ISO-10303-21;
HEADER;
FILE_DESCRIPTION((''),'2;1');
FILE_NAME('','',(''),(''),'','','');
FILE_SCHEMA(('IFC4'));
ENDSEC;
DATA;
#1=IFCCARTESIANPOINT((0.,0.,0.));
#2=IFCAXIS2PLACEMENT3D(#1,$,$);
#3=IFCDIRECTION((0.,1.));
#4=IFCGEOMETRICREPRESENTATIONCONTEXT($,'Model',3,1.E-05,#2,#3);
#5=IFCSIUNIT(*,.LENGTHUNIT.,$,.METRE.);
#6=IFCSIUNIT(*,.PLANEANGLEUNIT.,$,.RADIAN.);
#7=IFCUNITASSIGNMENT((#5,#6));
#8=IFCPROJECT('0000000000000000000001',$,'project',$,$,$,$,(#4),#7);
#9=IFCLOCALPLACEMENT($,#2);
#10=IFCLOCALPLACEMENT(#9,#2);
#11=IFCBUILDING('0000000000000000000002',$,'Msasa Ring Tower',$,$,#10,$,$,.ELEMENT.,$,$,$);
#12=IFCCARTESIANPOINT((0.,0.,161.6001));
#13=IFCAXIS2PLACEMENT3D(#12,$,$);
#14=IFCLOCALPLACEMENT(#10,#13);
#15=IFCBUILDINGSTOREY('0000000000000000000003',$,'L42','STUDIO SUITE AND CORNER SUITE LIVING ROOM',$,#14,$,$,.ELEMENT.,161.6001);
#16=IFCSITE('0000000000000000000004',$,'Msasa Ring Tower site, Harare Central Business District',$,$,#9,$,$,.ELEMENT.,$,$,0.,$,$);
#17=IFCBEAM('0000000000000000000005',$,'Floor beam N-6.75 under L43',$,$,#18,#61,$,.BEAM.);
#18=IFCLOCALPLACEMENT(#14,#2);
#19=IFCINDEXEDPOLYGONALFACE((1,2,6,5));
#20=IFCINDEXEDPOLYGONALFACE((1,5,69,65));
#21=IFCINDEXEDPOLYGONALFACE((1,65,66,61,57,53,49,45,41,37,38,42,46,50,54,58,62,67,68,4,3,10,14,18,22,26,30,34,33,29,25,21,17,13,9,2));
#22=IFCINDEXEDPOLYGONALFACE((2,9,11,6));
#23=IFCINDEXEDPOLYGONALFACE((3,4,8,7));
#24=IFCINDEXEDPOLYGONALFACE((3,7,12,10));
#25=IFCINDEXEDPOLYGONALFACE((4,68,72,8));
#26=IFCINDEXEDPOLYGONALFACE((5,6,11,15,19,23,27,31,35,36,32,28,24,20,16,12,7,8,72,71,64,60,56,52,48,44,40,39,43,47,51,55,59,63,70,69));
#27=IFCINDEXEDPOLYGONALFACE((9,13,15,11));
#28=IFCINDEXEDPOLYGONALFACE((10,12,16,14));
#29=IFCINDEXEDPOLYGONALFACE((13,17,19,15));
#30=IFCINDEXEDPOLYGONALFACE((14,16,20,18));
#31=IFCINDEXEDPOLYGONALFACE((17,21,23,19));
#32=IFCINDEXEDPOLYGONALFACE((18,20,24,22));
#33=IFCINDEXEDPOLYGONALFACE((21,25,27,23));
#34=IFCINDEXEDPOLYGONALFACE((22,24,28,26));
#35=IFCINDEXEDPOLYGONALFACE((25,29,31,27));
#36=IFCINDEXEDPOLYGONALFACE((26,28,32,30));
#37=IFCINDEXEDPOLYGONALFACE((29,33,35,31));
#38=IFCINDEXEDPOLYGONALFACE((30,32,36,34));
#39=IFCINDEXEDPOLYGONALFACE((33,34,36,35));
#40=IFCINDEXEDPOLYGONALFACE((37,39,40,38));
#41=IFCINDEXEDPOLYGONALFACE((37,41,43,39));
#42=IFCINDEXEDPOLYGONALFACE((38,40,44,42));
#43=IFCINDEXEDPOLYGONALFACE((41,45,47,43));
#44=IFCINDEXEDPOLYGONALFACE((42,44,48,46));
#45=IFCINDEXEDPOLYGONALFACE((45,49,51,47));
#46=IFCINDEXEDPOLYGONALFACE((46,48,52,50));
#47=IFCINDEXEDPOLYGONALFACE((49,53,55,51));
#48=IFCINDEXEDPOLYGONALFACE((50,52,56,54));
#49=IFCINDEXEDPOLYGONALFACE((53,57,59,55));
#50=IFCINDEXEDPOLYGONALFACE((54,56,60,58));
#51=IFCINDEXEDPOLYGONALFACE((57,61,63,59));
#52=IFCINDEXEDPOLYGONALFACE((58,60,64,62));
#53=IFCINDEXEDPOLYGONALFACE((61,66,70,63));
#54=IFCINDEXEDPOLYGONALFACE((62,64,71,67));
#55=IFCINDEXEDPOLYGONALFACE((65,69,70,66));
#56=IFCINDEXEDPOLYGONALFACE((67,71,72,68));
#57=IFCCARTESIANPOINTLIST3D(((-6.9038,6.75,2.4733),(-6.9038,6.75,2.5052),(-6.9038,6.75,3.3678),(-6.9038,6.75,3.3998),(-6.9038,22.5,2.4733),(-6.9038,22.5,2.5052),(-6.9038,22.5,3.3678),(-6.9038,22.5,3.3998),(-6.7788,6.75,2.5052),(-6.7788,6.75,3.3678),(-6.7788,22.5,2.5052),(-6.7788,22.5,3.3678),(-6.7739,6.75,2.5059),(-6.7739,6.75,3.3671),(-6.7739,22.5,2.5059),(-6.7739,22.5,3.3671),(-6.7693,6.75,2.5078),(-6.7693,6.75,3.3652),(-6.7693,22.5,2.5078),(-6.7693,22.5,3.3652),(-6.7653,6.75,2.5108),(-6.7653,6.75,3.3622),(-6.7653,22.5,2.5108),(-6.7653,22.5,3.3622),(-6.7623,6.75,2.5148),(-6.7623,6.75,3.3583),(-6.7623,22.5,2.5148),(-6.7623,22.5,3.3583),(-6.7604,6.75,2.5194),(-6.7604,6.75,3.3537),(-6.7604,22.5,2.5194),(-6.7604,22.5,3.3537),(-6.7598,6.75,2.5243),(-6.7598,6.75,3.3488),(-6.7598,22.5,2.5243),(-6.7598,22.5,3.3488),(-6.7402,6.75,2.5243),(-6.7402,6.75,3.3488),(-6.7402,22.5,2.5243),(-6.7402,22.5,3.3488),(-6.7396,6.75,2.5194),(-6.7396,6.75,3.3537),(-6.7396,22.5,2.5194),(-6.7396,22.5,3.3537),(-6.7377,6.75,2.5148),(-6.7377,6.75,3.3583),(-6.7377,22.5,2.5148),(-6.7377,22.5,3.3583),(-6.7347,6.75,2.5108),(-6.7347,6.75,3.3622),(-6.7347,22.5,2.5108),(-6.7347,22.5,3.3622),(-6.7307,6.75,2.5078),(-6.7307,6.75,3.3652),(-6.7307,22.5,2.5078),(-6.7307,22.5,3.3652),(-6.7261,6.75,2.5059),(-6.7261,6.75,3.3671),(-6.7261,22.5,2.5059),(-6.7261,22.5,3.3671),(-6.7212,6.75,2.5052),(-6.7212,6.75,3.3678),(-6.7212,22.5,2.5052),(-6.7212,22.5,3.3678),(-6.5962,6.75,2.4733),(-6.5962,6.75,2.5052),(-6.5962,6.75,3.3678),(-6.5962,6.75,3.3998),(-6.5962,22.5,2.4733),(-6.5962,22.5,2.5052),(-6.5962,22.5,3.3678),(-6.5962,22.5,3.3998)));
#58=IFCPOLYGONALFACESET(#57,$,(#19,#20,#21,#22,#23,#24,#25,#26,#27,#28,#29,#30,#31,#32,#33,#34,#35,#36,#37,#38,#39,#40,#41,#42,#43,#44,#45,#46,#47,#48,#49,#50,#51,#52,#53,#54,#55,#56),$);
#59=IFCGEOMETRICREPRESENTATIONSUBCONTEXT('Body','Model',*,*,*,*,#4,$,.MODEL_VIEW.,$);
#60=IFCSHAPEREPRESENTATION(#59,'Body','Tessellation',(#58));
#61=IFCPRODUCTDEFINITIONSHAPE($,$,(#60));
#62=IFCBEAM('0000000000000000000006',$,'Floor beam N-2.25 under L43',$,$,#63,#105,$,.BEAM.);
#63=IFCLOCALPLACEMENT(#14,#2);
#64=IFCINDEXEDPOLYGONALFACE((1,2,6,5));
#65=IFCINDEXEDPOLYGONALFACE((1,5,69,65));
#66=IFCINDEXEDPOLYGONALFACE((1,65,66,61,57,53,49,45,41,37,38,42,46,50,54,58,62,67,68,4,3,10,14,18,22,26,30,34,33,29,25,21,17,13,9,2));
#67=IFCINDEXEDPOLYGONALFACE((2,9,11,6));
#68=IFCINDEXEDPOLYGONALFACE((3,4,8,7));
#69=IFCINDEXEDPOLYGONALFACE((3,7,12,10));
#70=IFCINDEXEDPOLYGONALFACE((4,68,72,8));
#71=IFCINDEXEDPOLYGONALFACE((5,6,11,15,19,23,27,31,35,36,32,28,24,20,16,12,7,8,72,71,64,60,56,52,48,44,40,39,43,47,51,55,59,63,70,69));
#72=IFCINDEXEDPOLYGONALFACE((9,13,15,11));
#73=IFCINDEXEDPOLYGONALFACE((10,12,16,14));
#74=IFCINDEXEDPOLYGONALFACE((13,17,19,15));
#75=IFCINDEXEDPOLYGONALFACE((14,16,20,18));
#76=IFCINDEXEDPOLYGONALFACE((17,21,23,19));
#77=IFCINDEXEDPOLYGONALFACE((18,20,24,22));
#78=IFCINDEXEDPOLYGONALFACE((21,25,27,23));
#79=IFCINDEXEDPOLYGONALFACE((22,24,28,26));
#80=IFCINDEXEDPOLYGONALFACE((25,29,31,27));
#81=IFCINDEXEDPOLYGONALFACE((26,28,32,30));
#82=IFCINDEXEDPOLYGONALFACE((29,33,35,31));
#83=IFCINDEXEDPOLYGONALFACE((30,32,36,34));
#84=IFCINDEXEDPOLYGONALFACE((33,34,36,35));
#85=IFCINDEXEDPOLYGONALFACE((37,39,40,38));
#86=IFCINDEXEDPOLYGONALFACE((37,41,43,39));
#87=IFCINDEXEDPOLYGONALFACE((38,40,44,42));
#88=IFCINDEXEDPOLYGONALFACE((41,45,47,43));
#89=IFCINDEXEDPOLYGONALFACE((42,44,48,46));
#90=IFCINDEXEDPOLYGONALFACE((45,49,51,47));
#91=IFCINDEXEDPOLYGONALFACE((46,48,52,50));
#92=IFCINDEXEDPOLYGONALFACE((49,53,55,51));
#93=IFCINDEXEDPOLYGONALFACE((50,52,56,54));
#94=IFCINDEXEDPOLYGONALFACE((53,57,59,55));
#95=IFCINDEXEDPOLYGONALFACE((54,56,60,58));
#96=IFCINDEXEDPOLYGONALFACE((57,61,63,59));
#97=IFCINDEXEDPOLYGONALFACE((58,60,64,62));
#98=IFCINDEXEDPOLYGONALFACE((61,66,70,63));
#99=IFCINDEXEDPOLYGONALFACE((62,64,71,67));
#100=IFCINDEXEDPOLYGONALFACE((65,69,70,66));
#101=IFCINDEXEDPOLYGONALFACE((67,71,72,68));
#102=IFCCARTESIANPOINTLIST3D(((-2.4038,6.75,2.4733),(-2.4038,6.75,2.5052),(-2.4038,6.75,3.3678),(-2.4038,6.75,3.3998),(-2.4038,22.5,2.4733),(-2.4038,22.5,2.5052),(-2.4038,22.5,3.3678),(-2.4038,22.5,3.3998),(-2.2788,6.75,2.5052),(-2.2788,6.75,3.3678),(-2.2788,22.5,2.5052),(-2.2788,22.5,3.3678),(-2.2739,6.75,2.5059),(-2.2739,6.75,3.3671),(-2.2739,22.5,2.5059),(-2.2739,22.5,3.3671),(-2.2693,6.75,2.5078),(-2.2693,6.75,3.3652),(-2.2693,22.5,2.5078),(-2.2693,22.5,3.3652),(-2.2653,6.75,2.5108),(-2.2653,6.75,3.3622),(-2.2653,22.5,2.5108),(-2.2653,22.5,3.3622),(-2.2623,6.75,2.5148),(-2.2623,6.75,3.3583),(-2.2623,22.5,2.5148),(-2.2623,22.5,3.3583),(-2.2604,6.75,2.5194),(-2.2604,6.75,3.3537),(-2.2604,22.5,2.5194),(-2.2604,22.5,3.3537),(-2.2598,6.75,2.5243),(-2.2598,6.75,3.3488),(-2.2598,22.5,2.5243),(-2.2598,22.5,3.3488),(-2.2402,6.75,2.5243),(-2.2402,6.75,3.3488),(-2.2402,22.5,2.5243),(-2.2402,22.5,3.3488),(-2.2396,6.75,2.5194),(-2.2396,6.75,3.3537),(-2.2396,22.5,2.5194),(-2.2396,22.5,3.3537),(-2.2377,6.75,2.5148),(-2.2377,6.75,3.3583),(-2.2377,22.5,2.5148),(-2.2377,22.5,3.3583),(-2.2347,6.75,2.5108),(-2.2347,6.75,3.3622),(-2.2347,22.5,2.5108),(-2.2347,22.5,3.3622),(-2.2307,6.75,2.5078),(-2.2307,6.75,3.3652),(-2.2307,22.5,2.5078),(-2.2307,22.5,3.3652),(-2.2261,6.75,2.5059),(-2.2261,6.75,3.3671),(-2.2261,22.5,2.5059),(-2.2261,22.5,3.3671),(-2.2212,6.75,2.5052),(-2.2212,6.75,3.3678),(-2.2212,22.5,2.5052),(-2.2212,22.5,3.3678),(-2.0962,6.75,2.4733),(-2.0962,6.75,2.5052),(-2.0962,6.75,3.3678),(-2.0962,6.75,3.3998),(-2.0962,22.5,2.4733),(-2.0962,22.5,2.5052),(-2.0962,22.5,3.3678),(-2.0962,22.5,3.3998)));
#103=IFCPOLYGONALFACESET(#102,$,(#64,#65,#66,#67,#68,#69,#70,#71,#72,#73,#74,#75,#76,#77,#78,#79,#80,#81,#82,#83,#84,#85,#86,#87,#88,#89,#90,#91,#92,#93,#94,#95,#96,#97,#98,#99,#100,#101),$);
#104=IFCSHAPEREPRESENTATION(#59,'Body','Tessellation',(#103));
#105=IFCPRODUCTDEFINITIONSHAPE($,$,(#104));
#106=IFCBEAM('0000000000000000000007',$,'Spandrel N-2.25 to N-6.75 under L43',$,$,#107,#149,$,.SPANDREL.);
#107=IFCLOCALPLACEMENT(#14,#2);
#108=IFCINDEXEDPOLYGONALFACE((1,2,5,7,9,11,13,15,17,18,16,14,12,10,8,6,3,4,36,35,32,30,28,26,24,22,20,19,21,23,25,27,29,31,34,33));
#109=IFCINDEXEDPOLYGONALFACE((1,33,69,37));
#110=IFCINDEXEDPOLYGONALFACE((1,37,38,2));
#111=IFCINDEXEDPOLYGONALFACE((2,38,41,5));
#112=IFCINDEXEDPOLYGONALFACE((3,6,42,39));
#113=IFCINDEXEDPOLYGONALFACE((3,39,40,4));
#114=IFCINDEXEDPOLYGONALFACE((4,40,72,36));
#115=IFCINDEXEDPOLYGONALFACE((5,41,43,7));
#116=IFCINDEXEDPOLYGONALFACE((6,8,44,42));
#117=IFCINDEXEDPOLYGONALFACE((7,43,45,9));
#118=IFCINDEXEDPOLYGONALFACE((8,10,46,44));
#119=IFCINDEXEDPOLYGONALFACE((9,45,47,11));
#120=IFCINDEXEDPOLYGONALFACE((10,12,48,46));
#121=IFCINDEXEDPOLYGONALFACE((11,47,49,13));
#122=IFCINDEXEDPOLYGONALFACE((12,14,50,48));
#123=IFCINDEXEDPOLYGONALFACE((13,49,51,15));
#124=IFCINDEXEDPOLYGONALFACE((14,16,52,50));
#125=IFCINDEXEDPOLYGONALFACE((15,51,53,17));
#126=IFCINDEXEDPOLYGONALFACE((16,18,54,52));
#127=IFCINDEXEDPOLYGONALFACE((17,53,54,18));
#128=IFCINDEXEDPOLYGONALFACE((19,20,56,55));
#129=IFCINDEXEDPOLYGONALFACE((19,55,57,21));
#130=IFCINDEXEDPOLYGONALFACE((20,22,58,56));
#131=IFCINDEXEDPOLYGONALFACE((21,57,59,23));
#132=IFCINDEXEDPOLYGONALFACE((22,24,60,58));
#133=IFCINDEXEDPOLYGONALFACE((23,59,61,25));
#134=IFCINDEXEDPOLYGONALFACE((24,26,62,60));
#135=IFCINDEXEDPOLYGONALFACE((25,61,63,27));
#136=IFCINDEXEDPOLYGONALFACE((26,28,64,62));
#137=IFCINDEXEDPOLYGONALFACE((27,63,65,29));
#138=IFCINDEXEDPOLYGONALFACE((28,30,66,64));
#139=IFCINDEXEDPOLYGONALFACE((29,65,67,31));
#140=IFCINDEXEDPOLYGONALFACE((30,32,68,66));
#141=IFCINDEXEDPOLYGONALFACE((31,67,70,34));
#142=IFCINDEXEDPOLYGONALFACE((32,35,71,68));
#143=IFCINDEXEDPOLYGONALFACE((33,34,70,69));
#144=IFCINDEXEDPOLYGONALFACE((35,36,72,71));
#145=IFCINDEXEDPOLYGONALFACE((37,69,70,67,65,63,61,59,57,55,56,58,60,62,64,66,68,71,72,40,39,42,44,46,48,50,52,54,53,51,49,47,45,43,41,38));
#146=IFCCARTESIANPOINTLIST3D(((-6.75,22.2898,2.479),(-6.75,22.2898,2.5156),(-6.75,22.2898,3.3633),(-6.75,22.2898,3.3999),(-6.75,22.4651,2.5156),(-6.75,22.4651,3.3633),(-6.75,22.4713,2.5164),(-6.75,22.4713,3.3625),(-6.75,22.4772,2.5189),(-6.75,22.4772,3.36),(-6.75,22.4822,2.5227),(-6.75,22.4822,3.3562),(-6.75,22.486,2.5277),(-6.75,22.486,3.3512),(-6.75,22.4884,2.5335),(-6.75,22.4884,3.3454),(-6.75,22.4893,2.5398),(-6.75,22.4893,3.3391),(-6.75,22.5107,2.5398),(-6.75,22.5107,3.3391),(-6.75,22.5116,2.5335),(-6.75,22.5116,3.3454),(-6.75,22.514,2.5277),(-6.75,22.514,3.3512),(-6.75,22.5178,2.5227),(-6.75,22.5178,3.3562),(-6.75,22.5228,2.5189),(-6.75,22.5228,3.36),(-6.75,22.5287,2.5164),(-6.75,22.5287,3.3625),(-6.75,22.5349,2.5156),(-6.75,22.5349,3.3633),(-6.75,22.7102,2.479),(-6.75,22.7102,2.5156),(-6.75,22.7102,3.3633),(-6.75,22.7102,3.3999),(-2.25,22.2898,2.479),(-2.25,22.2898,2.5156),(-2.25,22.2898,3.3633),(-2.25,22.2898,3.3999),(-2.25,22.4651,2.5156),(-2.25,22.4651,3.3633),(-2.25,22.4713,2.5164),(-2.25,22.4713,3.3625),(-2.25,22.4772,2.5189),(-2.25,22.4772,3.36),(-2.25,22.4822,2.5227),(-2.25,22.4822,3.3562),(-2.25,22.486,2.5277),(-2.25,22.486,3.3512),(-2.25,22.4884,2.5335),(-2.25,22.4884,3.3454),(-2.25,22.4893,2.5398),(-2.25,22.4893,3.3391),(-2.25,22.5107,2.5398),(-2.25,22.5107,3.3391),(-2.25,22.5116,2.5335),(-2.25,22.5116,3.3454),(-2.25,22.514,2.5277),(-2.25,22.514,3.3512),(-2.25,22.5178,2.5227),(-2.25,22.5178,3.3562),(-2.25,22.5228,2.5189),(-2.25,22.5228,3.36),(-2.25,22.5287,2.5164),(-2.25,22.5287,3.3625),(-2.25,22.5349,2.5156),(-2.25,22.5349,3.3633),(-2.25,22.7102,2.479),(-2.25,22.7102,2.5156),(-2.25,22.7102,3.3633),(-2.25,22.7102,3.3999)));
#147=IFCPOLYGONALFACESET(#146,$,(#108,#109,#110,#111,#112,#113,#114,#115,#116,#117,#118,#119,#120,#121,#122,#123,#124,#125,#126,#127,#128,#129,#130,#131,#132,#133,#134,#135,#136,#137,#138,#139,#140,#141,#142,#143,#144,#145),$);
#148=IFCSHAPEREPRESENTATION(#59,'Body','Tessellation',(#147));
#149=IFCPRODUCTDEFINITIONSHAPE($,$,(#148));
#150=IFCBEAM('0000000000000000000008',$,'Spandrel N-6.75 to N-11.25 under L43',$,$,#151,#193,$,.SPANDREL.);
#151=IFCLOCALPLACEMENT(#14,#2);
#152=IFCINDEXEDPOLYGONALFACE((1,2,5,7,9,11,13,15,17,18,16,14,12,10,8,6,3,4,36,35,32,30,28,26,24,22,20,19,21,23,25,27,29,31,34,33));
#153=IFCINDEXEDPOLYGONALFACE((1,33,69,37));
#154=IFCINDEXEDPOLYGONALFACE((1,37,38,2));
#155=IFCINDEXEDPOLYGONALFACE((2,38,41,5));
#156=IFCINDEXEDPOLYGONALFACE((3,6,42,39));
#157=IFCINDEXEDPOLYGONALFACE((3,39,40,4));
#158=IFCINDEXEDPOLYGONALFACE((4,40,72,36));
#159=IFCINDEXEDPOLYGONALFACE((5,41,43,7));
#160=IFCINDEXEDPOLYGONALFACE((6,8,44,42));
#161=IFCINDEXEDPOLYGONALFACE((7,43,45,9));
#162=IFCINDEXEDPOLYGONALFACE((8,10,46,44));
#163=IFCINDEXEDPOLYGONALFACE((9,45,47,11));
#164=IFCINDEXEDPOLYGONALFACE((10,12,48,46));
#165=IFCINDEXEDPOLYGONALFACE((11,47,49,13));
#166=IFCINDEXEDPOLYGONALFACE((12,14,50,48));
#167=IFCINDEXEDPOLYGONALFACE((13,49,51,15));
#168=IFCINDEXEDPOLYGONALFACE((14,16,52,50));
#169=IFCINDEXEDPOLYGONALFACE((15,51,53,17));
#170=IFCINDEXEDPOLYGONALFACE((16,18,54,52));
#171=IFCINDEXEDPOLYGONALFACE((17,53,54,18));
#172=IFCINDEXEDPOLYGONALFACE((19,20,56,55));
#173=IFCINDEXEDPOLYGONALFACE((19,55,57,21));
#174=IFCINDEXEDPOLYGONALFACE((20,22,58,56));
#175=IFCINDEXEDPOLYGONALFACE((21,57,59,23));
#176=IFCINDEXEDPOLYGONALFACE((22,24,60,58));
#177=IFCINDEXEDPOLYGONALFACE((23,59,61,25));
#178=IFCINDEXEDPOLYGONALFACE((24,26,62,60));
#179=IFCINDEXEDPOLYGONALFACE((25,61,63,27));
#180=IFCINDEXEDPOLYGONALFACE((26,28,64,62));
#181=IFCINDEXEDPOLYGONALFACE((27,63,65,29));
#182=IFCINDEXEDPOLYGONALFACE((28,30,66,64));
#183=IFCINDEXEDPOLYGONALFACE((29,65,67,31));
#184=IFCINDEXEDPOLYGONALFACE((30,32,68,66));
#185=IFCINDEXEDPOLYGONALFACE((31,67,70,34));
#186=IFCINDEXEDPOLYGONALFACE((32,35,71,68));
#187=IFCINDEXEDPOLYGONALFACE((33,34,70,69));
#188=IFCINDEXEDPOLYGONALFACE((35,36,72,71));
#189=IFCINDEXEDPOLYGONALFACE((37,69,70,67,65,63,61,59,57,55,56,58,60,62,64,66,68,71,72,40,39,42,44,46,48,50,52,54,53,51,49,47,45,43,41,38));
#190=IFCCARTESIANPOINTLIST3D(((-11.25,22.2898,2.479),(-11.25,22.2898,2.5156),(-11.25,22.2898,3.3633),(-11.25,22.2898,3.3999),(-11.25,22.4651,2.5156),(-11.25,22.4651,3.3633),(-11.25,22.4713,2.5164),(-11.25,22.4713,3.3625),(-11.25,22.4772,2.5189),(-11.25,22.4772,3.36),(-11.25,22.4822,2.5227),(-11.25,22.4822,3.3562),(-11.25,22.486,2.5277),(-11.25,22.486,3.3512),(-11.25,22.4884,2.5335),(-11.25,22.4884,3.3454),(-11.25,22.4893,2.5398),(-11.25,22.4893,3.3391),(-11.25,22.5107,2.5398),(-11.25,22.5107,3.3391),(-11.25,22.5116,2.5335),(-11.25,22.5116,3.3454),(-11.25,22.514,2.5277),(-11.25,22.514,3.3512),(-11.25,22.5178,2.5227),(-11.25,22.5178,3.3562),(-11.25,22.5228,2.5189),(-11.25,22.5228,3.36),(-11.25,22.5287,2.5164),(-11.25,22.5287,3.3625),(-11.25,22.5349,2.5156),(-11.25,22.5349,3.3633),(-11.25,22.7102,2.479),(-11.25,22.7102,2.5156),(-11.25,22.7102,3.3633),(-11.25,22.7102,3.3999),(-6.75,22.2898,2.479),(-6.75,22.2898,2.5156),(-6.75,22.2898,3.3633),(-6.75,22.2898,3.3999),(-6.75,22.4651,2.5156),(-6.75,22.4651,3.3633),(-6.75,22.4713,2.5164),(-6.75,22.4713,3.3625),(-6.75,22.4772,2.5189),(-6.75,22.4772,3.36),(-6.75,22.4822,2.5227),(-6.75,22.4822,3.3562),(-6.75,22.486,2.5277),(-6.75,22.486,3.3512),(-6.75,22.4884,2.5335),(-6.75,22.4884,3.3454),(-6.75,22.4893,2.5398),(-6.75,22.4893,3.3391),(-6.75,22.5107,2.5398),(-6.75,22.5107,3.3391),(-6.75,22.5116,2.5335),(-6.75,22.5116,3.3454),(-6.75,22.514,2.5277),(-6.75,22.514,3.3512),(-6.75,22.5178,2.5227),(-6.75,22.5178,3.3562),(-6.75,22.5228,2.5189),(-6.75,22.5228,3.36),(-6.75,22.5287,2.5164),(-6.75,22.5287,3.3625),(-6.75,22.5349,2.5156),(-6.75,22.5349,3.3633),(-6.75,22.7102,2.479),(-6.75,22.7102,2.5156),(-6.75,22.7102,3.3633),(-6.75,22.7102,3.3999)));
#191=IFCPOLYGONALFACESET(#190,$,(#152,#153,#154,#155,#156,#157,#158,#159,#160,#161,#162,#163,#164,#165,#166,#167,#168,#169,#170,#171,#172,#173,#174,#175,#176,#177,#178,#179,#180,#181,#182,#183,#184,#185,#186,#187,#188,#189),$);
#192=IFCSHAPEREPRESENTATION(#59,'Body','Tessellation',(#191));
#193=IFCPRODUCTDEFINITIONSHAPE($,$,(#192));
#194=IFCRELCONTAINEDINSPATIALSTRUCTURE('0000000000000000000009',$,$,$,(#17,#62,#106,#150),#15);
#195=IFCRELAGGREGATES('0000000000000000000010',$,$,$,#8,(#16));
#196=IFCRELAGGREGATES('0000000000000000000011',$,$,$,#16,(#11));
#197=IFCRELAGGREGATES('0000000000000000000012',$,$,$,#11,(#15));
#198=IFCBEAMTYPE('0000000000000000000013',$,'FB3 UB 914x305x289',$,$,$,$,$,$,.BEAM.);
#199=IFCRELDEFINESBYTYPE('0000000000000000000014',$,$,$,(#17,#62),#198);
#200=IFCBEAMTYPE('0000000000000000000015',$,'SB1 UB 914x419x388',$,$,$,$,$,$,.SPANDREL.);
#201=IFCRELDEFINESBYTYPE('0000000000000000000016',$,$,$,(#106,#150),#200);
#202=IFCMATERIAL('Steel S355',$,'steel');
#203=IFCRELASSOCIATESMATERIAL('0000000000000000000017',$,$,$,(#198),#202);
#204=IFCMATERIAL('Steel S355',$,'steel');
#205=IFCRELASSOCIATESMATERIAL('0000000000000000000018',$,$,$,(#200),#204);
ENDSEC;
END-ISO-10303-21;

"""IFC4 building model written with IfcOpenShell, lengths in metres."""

from ifc_helpers import new_model, si_unit, direction, frame, origin, origin_2d, place, context, subcontext, project, spatial, i_section, extrude, material, material_profile, profile_set, type_object, element, save


model = new_model("IFC4")

# Units and contexts
model_context = context("Model", 3, precision=1e-05, world=origin(), true_north=direction((0.0, 1.0)))
body_context = subcontext(model_context, "Body", "Model", "MODEL_VIEW")
ifc_project = project(units=[si_unit("LENGTHUNIT", "METRE"), si_unit("PLANEANGLEUNIT", "RADIAN")], contexts=[model_context])

# Site, building, storey
site_placement = place(None, origin())
site = spatial("IfcSite", under=ifc_project, at=site_placement, Name="Msasa Ring Tower site, Harare Central Business District", CompositionType="ELEMENT", RefElevation=0.0)
building_placement = place(site_placement, origin())
building = spatial("IfcBuilding", under=site, at=building_placement, Name="Msasa Ring Tower", CompositionType="ELEMENT")
storey_placement = place(building_placement, frame((0.0, 0.0, 161.6001)))
storey = spatial("IfcBuildingStorey", under=building, at=storey_placement, Name="L42", Description="STUDIO SUITE AND CORNER SUITE LIVING ROOM", CompositionType="ELEMENT", Elevation=161.6001)

# Beams
ifc_material_1 = material(Name="Steel S355", Category="steel")
ifc_material_profile_1 = material_profile(ifc_material_1, i_section(OverallWidth=0.3076, OverallDepth=0.9265, WebThickness=0.0195, FlangeThickness=0.032, FilletRadius=0.019, at=origin_2d()), Name="UB 914x305x289")
ifc_profile_set_1 = profile_set([ifc_material_profile_1], Name="Steel S355")
beam_type_1 = type_object("IfcBeamType", Name="FB3 UB 914x305x289", PredefinedType="BEAM", material=ifc_profile_set_1)
for number, where, z_axis, x_axis, name in (
    (1, (-6.75, 22.5, 2.9365), (0.0, -1.0, 0.0), (1.0, 0.0, 0.0), "Floor beam N-6.75 under L43"),
    (2, (-2.25, 22.5, 2.9365), (0.0, -1.0, 0.0), (1.0, 0.0, 0.0), "Floor beam N-2.25 under L43"),
):
    element("IfcBeam", number, at=place(storey_placement, frame(where, z_axis=z_axis, x_axis=x_axis)), inside=storey, type_object=beam_type_1, Name=name, PredefinedType="BEAM", context=body_context, shape_type="SweptSolid", body=[
        extrude(i_section(OverallWidth=0.3076, OverallDepth=0.9265, WebThickness=0.0195, FlangeThickness=0.032, FilletRadius=0.019, at=origin_2d()), origin(), (0.0, 0.0, 1.0), 15.75),
    ])
ifc_material_2 = material(Name="Steel S355", Category="steel")
ifc_material_profile_2 = material_profile(ifc_material_2, i_section(OverallWidth=0.4204, OverallDepth=0.9209, WebThickness=0.0215, FlangeThickness=0.0366, FilletRadius=0.0242, at=origin_2d()), Name="UB 914x419x388")
ifc_profile_set_2 = profile_set([ifc_material_profile_2], Name="Steel S355")
beam_type_2 = type_object("IfcBeamType", Name="SB1 UB 914x419x388", PredefinedType="SPANDREL", material=ifc_profile_set_2)
for number, where, z_axis, x_axis, name in (
    (3, (-2.25, 22.5, 2.9395), (-1.0, 0.0, 0.0), (0.0, -1.0, 0.0), "Spandrel N-2.25 to N-6.75 under L43"),
    (4, (-6.75, 22.5, 2.9395), (-1.0, 0.0, 0.0), (0.0, -1.0, 0.0), "Spandrel N-6.75 to N-11.25 under L43"),
):
    element("IfcBeam", number, at=place(storey_placement, frame(where, z_axis=z_axis, x_axis=x_axis)), inside=storey, type_object=beam_type_2, Name=name, PredefinedType="SPANDREL", context=body_context, shape_type="SweptSolid", body=[
        extrude(i_section(OverallWidth=0.4204, OverallDepth=0.9209, WebThickness=0.0215, FlangeThickness=0.0366, FilletRadius=0.0242, at=origin_2d()), origin(), (0.0, 0.0, 1.0), 4.5),
    ])

save(model, "model.ifc")
